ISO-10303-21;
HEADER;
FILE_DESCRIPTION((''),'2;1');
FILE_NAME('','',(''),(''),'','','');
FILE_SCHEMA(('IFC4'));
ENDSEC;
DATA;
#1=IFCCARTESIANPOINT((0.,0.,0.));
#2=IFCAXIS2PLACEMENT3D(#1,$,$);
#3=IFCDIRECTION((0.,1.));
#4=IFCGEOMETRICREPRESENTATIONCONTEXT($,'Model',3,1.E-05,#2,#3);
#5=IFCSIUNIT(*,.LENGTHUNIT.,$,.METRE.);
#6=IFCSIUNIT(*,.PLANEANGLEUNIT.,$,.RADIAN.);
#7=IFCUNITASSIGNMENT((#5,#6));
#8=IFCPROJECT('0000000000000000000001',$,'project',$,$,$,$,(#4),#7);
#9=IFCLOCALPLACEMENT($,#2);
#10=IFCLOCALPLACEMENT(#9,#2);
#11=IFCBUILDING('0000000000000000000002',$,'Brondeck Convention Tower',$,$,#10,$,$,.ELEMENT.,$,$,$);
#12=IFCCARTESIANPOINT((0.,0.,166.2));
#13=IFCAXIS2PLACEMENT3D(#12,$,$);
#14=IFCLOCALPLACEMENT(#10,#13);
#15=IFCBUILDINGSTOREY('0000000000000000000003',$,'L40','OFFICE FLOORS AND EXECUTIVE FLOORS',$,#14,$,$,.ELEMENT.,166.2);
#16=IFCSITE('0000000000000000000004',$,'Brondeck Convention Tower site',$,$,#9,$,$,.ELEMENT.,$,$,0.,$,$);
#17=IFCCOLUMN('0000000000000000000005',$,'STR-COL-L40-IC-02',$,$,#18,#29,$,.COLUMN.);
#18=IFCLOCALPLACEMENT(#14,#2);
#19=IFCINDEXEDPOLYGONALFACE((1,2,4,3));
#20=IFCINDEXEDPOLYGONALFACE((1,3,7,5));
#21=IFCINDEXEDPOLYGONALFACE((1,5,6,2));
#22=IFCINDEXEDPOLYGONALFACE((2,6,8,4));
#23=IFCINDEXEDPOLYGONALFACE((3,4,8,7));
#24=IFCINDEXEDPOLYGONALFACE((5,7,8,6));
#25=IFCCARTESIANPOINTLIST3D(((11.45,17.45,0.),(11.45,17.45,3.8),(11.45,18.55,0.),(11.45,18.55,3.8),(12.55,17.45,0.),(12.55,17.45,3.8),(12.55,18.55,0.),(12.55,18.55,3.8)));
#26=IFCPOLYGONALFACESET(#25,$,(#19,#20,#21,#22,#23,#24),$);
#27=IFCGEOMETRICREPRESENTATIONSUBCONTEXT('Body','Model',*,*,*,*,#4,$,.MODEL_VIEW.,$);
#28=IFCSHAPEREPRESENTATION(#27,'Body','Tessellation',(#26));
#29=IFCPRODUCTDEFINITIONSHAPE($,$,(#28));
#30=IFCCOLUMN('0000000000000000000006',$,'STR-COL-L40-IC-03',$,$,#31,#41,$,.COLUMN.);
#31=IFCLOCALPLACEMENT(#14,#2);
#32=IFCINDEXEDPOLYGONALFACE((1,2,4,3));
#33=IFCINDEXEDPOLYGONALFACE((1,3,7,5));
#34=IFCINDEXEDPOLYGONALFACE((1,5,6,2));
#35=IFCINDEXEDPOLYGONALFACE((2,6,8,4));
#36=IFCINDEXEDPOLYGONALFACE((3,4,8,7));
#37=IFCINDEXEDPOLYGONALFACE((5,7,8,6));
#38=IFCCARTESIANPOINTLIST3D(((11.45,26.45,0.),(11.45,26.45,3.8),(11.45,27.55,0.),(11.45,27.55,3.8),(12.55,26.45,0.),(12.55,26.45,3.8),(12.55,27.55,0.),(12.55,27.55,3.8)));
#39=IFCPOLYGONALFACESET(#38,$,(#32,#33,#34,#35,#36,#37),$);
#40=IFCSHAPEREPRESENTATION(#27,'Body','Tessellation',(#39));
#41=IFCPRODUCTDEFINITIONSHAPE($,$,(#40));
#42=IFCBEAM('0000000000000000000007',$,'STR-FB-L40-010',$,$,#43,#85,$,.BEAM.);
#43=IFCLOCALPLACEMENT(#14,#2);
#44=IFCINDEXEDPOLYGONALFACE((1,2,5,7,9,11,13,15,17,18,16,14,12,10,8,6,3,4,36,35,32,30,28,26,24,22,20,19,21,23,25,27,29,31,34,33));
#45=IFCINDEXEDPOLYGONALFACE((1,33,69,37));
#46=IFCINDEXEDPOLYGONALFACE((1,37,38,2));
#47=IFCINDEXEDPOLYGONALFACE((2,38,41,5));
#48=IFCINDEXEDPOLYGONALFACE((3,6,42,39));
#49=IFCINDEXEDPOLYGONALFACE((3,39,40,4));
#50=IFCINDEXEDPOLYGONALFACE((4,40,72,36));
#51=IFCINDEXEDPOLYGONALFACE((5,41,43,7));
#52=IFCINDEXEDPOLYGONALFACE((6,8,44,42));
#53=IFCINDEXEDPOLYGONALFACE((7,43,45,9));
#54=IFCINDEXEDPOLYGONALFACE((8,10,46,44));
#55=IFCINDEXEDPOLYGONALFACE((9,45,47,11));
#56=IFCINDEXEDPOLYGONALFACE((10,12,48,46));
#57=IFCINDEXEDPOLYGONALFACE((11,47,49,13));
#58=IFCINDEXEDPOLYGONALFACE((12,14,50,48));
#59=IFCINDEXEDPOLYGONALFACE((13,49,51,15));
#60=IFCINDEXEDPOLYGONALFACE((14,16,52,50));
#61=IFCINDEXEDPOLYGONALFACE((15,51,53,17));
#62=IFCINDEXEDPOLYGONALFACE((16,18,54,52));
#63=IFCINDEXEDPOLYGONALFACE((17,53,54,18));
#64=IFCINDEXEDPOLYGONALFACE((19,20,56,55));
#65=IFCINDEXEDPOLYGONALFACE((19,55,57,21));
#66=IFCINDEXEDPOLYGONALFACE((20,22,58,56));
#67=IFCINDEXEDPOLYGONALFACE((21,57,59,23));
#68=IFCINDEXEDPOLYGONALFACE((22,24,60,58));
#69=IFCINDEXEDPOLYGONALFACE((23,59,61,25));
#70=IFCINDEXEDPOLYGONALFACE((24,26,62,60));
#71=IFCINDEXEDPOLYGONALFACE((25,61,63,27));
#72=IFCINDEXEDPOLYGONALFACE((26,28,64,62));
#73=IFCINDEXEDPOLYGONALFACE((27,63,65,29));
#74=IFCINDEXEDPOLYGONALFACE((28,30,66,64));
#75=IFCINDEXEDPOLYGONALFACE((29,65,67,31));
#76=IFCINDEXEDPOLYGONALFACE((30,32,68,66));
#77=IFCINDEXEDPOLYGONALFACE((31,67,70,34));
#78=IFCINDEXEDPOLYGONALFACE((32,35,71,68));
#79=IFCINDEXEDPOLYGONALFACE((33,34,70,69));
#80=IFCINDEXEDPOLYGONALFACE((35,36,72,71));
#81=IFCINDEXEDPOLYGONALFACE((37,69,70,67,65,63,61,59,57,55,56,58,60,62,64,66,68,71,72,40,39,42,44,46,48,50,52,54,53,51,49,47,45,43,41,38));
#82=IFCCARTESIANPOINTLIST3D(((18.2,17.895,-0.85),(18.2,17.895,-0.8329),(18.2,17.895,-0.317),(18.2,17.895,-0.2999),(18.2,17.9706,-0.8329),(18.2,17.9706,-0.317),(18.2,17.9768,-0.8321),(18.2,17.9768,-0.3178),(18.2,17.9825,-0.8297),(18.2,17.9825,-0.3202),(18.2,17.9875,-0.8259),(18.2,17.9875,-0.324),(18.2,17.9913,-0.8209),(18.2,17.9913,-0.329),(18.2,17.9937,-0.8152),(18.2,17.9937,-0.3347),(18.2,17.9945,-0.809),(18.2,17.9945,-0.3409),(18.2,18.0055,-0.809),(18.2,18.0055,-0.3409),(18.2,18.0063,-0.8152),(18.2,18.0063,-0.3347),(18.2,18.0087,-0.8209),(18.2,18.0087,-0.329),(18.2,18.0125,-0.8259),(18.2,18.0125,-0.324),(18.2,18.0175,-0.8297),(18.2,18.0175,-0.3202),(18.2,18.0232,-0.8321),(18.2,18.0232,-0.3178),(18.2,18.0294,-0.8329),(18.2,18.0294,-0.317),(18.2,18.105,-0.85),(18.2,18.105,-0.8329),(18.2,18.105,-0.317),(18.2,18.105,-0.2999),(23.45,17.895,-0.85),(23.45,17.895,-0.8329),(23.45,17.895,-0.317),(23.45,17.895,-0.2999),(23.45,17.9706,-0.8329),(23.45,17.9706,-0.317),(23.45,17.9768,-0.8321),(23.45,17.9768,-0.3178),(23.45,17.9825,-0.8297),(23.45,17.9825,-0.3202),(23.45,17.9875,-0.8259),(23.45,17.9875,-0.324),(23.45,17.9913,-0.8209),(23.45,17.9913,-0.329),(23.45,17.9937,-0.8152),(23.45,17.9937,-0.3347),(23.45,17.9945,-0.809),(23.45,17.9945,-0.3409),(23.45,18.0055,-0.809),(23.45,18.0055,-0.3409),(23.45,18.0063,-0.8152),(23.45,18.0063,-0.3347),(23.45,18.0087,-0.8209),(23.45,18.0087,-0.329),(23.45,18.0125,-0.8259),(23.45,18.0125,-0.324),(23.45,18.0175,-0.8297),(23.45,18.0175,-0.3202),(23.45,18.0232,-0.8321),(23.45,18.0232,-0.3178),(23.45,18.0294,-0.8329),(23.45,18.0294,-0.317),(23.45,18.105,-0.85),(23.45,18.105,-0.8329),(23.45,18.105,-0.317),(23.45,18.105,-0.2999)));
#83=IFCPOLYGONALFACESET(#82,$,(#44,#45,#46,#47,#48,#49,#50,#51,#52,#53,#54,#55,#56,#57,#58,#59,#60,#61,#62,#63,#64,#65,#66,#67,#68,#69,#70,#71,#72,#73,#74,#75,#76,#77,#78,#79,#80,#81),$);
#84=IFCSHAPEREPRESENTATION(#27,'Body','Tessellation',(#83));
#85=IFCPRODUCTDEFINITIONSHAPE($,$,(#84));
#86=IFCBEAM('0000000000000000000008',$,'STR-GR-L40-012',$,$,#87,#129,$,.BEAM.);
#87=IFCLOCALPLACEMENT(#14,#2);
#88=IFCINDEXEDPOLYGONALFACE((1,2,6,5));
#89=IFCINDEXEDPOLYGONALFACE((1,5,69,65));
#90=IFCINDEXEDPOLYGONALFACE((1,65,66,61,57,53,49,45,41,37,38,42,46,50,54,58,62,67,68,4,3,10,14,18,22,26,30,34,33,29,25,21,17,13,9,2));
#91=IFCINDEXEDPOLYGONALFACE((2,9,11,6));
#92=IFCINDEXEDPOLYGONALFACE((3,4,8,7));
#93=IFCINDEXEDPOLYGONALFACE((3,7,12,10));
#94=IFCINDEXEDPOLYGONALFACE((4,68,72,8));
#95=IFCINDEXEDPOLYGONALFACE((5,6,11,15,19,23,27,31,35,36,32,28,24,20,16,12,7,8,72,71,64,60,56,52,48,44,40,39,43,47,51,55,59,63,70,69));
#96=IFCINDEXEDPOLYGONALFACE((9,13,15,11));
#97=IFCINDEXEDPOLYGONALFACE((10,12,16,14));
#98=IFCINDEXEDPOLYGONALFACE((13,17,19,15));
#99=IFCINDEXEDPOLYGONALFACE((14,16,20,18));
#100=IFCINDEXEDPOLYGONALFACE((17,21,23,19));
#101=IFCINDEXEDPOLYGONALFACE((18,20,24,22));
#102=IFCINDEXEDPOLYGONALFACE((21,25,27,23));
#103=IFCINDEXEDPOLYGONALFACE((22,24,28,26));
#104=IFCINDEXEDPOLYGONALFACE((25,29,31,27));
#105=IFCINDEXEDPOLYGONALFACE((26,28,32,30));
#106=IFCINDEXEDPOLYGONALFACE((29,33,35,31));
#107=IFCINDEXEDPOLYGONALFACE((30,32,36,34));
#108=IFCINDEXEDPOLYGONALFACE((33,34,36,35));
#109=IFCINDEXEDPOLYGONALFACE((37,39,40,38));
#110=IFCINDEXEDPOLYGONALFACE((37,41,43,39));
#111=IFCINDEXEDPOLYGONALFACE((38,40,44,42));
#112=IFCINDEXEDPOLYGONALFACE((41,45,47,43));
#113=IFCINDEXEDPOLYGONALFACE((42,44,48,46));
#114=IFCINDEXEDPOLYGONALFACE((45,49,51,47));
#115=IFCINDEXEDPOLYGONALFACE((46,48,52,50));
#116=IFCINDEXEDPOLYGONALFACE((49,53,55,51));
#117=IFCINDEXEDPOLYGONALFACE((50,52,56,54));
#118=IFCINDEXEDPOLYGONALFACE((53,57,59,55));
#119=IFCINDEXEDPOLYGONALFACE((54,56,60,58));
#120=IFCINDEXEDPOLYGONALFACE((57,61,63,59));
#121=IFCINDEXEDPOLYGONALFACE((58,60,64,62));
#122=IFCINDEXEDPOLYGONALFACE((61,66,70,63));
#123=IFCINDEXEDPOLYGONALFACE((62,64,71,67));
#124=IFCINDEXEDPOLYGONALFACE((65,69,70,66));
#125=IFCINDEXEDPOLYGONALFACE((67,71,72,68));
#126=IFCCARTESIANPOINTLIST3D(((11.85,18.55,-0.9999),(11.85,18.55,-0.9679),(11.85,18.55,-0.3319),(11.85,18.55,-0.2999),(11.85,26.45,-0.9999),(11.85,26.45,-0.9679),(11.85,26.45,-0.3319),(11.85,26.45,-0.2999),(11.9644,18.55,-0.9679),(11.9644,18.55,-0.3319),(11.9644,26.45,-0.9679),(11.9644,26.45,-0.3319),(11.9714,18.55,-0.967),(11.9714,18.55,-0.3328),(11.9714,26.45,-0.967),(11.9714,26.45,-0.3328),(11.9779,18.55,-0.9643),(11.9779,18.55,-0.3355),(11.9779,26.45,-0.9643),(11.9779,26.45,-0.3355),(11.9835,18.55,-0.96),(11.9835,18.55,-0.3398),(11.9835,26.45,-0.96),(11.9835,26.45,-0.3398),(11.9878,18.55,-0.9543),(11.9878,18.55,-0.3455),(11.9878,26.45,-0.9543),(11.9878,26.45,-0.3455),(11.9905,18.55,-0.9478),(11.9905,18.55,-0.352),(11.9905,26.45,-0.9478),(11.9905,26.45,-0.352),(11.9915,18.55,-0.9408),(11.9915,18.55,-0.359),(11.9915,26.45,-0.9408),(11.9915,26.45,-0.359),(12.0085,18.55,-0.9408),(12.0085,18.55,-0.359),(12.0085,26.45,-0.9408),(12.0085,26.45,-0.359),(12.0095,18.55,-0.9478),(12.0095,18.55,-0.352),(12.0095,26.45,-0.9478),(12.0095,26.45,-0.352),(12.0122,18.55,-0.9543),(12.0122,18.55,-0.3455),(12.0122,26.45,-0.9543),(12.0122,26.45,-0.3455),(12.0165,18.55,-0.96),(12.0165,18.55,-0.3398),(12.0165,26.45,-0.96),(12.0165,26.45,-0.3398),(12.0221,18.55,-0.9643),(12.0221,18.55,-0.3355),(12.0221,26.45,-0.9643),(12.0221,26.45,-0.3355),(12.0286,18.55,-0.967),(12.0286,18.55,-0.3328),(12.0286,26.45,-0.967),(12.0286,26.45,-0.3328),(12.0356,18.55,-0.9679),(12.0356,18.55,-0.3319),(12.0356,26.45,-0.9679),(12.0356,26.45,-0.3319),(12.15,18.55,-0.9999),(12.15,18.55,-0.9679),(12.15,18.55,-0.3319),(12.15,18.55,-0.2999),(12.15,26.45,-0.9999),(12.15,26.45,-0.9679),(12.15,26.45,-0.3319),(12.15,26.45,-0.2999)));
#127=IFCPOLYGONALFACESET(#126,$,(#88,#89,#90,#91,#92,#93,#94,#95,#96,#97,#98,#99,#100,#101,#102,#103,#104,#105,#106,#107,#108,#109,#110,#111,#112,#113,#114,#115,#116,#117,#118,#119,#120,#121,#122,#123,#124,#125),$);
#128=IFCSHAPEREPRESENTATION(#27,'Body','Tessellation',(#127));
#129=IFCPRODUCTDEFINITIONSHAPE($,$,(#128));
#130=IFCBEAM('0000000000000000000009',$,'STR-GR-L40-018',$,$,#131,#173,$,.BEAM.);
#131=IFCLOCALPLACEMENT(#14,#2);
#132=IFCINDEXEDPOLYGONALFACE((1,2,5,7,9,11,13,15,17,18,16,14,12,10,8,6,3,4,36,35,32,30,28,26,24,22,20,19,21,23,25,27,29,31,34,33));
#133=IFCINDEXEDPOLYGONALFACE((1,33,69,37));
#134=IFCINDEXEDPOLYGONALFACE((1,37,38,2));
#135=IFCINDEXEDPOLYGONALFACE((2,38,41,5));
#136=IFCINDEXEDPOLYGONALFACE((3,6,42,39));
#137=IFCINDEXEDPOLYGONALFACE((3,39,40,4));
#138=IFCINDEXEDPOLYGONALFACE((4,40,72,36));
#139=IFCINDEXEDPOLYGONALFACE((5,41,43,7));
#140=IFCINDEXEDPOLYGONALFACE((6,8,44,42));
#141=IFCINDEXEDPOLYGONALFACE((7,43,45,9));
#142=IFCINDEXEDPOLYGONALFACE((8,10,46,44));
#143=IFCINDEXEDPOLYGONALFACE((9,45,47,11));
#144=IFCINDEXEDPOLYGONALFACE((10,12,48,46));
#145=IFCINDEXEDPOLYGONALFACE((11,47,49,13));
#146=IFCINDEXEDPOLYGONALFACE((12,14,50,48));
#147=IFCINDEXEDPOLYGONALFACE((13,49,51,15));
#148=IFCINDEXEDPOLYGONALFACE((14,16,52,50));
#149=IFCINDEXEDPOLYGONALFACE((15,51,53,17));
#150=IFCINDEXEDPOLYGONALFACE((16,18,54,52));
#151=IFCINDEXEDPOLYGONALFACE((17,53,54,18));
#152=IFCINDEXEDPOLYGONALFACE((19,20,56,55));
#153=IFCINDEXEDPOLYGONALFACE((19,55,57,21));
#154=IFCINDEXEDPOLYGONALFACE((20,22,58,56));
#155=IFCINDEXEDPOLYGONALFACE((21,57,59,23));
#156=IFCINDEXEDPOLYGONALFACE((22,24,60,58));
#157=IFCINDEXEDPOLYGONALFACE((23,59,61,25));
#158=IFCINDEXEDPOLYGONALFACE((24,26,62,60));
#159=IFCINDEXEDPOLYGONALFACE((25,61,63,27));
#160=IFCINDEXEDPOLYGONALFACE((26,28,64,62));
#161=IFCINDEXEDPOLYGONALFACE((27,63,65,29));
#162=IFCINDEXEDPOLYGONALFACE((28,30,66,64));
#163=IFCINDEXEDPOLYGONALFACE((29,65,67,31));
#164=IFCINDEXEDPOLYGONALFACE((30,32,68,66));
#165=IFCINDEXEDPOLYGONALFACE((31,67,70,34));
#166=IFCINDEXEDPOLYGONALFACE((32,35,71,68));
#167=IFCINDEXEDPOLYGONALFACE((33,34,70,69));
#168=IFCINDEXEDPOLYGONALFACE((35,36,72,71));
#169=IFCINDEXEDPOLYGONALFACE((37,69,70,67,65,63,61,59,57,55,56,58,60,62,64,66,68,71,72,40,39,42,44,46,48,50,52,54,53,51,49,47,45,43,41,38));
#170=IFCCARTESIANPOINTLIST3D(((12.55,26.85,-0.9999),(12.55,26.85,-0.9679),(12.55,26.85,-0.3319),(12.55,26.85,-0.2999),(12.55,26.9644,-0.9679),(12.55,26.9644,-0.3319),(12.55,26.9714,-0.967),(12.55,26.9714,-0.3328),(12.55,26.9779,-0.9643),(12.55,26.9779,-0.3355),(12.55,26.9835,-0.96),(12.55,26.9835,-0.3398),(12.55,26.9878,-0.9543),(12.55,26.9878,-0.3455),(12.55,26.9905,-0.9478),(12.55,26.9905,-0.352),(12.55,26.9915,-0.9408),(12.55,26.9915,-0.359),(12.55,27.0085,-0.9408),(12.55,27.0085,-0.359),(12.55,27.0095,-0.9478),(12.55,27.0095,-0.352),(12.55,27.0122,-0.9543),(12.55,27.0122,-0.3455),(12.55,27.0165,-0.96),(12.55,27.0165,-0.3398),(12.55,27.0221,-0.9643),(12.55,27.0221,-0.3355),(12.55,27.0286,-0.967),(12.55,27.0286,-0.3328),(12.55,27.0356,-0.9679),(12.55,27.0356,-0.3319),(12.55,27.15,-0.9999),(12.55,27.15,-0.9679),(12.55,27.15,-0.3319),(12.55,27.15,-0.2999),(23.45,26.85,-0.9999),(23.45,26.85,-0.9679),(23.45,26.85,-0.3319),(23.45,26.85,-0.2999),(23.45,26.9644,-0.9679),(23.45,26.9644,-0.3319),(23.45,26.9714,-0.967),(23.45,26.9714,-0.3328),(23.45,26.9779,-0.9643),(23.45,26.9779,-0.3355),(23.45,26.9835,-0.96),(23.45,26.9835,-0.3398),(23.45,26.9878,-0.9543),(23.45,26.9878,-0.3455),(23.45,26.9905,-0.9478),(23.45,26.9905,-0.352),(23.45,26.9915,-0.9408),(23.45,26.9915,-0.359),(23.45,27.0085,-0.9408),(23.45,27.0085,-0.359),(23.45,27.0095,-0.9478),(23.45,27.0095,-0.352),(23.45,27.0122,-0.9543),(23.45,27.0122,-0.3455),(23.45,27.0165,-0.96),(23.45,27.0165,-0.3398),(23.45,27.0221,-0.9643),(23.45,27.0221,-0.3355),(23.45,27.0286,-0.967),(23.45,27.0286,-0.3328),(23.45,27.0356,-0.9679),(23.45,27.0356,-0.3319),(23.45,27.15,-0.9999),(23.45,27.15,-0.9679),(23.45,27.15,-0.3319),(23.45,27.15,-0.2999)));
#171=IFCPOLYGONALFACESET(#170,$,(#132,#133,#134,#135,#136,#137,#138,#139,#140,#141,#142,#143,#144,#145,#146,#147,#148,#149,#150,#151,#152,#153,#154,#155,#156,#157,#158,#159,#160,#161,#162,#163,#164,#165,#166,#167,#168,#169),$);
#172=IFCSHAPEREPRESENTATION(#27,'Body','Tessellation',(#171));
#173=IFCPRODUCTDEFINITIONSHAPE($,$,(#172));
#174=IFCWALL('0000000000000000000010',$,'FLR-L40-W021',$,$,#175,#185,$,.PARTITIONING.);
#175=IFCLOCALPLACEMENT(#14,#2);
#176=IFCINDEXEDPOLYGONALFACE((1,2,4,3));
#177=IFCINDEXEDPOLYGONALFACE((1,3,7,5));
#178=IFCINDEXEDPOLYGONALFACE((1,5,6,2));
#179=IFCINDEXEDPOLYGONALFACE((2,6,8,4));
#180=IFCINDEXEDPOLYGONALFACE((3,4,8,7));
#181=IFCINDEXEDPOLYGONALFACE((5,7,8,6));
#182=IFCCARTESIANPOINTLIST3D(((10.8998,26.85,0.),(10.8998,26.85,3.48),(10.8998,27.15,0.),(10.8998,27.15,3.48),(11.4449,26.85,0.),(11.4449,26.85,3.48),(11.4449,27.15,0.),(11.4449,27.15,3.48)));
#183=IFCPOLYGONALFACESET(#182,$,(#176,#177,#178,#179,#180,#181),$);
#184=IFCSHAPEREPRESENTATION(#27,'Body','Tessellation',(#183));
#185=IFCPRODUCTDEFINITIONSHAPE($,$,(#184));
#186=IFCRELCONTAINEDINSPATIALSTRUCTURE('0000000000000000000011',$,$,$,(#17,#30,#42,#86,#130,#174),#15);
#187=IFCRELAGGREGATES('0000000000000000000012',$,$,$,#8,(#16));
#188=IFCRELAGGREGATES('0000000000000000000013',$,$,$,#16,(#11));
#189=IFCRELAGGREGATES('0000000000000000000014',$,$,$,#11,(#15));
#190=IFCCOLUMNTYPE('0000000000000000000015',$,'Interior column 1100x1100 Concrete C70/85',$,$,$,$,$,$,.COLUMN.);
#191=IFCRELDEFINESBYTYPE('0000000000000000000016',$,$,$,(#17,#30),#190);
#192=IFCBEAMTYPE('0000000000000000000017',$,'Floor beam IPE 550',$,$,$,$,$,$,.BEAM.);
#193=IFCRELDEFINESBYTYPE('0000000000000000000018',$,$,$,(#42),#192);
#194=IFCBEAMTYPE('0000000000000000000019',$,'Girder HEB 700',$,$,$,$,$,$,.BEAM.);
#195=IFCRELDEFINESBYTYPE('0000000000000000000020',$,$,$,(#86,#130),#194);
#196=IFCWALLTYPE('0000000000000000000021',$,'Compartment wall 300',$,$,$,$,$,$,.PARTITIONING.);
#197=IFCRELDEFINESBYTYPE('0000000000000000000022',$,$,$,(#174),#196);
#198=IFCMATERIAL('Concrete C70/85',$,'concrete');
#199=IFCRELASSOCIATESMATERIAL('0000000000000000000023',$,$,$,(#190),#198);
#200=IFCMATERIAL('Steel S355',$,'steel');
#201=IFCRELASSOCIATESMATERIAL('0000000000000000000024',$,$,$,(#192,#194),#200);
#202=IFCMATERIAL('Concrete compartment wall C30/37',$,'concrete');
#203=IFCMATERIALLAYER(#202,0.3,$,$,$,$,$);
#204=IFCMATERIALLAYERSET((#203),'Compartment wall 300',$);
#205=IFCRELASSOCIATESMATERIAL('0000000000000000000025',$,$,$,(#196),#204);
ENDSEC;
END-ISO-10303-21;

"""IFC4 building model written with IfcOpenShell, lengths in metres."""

from ifc_helpers import new_model, si_unit, direction, frame, frame_2d, origin, origin_2d, place, context, subcontext, project, spatial, rectangle, i_section, extrude, material, layer, layer_set, material_profile, profile_set, type_object, element, save


model = new_model("IFC4")

# Units and contexts
model_context = context("Model", 3, precision=1e-05, world=origin(), true_north=direction((0.0, 1.0)))
body_context = subcontext(model_context, "Body", "Model", "MODEL_VIEW")
ifc_project = project(units=[si_unit("LENGTHUNIT", "METRE"), si_unit("PLANEANGLEUNIT", "RADIAN")], contexts=[model_context])

# Site, building, storey
site_placement = place(None, origin())
site = spatial("IfcSite", under=ifc_project, at=site_placement, Name="Brondeck Convention Tower site", CompositionType="ELEMENT", RefElevation=0.0)
building_placement = place(site_placement, origin())
building = spatial("IfcBuilding", under=site, at=building_placement, Name="Brondeck Convention Tower", CompositionType="ELEMENT")
storey_placement = place(building_placement, frame((0.0, 0.0, 166.2)))
storey = spatial("IfcBuildingStorey", under=building, at=storey_placement, Name="L40", Description="OFFICE FLOORS AND EXECUTIVE FLOORS", CompositionType="ELEMENT", Elevation=166.2)

# Columns
ifc_material_1 = material(Name="Concrete C70/85", Category="concrete")
ifc_material_profile_1 = material_profile(ifc_material_1, rectangle(XDim=1.1001, YDim=1.1001, at=origin_2d()), Name="Interior column 1100x1100 Concrete C70/85")
ifc_profile_set_1 = profile_set([ifc_material_profile_1], Name="Concrete C70/85")
column_type = type_object("IfcColumnType", Name="Interior column 1100x1100 Concrete C70/85", PredefinedType="COLUMN", material=ifc_profile_set_1)
for number, where, z_axis, x_axis, name in (
    (1, (12.0, 18.0, 0.0), (0.0, 0.0, 1.0), (1.0, 0.0, 0.0), "STR-COL-L40-IC-02"),
    (2, (12.0, 27.0, 0.0), (0.0, 0.0, 1.0), (1.0, 0.0, 0.0), "STR-COL-L40-IC-03"),
):
    element("IfcColumn", number, at=place(storey_placement, frame(where, z_axis=z_axis, x_axis=x_axis)), inside=storey, type_object=column_type, Name=name, PredefinedType="COLUMN", context=body_context, shape_type="SweptSolid", body=[
        extrude(rectangle(XDim=1.1001, YDim=1.1001, at=origin_2d()), origin(), (0.0, 0.0, 1.0), 3.8),
    ])

# Beams
ifc_material_2 = material(Name="Steel S355", Category="steel")
ifc_material_profile_2 = material_profile(ifc_material_2, i_section(OverallWidth=0.21, OverallDepth=0.55, WebThickness=0.011, FlangeThickness=0.0171, FilletRadius=0.0239, at=origin_2d()), Name="IPE 550")
ifc_profile_set_2 = profile_set([ifc_material_profile_2], Name="Steel S355")
beam_type_1 = type_object("IfcBeamType", Name="Floor beam IPE 550", PredefinedType="BEAM", material=ifc_profile_set_2)
beam_1_placement = place(storey_placement, frame((18.2, 18.0, -0.575), z_axis=(1.0, 0.0, 0.0), x_axis=(0.0, 1.0, 0.0)))
element("IfcBeam", 3, at=beam_1_placement, inside=storey, type_object=beam_type_1, Name="STR-FB-L40-010", PredefinedType="BEAM", context=body_context, shape_type="SweptSolid", body=[
    extrude(i_section(OverallWidth=0.21, OverallDepth=0.55, WebThickness=0.011, FlangeThickness=0.0171, FilletRadius=0.0239, at=origin_2d()), origin(), (0.0, 0.0, 1.0), 5.25),
])
ifc_material_profile_3 = material_profile(ifc_material_2, i_section(OverallWidth=0.3, OverallDepth=0.7, WebThickness=0.0171, FlangeThickness=0.032, FilletRadius=0.0271, at=origin_2d()), Name="HEB 700")
ifc_profile_set_3 = profile_set([ifc_material_profile_3], Name="Steel S355")
beam_type_2 = type_object("IfcBeamType", Name="Girder HEB 700", PredefinedType="BEAM", material=ifc_profile_set_3)
beam_2_placement = place(storey_placement, frame((12.0, 26.45, -0.6499), z_axis=(0.0, -1.0, 0.0), x_axis=(1.0, 0.0, 0.0)))
element("IfcBeam", 4, at=beam_2_placement, inside=storey, type_object=beam_type_2, Name="STR-GR-L40-012", PredefinedType="BEAM", context=body_context, shape_type="SweptSolid", body=[
    extrude(i_section(OverallWidth=0.3, OverallDepth=0.7, WebThickness=0.0171, FlangeThickness=0.032, FilletRadius=0.0271, at=origin_2d()), origin(), (0.0, 0.0, 1.0), 7.8999),
])
beam_3_placement = place(storey_placement, frame((12.55, 27.0, -0.6499), z_axis=(1.0, 0.0, 0.0), x_axis=(0.0, 1.0, 0.0)))
element("IfcBeam", 5, at=beam_3_placement, inside=storey, type_object=beam_type_2, Name="STR-GR-L40-018", PredefinedType="BEAM", context=body_context, shape_type="SweptSolid", body=[
    extrude(i_section(OverallWidth=0.3, OverallDepth=0.7, WebThickness=0.0171, FlangeThickness=0.032, FilletRadius=0.0271, at=origin_2d()), origin(), (0.0, 0.0, 1.0), 10.8999),
])

# Wall
ifc_material_3 = material(Name="Concrete compartment wall C30/37", Category="concrete")
ifc_layer_1 = layer(ifc_material_3, 0.3)
ifc_layer_set_1 = layer_set([ifc_layer_1], Name="Compartment wall 300")
wall_type_1 = type_object("IfcWallType", Name="Compartment wall 300", PredefinedType="PARTITIONING", material=ifc_layer_set_1)
wall_1_placement = place(storey_placement, frame((10.8999, 27.0, 0.0), z_axis=(0.0, 0.0, 1.0), x_axis=(1.0, 0.0, 0.0)))
element("IfcWall", 6, at=wall_1_placement, inside=storey, type_object=wall_type_1, Name="FLR-L40-W021", PredefinedType="PARTITIONING", context=body_context, shape_type="SweptSolid", body=[
    extrude(rectangle(XDim=0.5452, YDim=0.3, at=frame_2d((0.2725, 0.0))), origin(), (0.0, 0.0, 1.0), 3.48),
])

save(model, "model.ifc")
